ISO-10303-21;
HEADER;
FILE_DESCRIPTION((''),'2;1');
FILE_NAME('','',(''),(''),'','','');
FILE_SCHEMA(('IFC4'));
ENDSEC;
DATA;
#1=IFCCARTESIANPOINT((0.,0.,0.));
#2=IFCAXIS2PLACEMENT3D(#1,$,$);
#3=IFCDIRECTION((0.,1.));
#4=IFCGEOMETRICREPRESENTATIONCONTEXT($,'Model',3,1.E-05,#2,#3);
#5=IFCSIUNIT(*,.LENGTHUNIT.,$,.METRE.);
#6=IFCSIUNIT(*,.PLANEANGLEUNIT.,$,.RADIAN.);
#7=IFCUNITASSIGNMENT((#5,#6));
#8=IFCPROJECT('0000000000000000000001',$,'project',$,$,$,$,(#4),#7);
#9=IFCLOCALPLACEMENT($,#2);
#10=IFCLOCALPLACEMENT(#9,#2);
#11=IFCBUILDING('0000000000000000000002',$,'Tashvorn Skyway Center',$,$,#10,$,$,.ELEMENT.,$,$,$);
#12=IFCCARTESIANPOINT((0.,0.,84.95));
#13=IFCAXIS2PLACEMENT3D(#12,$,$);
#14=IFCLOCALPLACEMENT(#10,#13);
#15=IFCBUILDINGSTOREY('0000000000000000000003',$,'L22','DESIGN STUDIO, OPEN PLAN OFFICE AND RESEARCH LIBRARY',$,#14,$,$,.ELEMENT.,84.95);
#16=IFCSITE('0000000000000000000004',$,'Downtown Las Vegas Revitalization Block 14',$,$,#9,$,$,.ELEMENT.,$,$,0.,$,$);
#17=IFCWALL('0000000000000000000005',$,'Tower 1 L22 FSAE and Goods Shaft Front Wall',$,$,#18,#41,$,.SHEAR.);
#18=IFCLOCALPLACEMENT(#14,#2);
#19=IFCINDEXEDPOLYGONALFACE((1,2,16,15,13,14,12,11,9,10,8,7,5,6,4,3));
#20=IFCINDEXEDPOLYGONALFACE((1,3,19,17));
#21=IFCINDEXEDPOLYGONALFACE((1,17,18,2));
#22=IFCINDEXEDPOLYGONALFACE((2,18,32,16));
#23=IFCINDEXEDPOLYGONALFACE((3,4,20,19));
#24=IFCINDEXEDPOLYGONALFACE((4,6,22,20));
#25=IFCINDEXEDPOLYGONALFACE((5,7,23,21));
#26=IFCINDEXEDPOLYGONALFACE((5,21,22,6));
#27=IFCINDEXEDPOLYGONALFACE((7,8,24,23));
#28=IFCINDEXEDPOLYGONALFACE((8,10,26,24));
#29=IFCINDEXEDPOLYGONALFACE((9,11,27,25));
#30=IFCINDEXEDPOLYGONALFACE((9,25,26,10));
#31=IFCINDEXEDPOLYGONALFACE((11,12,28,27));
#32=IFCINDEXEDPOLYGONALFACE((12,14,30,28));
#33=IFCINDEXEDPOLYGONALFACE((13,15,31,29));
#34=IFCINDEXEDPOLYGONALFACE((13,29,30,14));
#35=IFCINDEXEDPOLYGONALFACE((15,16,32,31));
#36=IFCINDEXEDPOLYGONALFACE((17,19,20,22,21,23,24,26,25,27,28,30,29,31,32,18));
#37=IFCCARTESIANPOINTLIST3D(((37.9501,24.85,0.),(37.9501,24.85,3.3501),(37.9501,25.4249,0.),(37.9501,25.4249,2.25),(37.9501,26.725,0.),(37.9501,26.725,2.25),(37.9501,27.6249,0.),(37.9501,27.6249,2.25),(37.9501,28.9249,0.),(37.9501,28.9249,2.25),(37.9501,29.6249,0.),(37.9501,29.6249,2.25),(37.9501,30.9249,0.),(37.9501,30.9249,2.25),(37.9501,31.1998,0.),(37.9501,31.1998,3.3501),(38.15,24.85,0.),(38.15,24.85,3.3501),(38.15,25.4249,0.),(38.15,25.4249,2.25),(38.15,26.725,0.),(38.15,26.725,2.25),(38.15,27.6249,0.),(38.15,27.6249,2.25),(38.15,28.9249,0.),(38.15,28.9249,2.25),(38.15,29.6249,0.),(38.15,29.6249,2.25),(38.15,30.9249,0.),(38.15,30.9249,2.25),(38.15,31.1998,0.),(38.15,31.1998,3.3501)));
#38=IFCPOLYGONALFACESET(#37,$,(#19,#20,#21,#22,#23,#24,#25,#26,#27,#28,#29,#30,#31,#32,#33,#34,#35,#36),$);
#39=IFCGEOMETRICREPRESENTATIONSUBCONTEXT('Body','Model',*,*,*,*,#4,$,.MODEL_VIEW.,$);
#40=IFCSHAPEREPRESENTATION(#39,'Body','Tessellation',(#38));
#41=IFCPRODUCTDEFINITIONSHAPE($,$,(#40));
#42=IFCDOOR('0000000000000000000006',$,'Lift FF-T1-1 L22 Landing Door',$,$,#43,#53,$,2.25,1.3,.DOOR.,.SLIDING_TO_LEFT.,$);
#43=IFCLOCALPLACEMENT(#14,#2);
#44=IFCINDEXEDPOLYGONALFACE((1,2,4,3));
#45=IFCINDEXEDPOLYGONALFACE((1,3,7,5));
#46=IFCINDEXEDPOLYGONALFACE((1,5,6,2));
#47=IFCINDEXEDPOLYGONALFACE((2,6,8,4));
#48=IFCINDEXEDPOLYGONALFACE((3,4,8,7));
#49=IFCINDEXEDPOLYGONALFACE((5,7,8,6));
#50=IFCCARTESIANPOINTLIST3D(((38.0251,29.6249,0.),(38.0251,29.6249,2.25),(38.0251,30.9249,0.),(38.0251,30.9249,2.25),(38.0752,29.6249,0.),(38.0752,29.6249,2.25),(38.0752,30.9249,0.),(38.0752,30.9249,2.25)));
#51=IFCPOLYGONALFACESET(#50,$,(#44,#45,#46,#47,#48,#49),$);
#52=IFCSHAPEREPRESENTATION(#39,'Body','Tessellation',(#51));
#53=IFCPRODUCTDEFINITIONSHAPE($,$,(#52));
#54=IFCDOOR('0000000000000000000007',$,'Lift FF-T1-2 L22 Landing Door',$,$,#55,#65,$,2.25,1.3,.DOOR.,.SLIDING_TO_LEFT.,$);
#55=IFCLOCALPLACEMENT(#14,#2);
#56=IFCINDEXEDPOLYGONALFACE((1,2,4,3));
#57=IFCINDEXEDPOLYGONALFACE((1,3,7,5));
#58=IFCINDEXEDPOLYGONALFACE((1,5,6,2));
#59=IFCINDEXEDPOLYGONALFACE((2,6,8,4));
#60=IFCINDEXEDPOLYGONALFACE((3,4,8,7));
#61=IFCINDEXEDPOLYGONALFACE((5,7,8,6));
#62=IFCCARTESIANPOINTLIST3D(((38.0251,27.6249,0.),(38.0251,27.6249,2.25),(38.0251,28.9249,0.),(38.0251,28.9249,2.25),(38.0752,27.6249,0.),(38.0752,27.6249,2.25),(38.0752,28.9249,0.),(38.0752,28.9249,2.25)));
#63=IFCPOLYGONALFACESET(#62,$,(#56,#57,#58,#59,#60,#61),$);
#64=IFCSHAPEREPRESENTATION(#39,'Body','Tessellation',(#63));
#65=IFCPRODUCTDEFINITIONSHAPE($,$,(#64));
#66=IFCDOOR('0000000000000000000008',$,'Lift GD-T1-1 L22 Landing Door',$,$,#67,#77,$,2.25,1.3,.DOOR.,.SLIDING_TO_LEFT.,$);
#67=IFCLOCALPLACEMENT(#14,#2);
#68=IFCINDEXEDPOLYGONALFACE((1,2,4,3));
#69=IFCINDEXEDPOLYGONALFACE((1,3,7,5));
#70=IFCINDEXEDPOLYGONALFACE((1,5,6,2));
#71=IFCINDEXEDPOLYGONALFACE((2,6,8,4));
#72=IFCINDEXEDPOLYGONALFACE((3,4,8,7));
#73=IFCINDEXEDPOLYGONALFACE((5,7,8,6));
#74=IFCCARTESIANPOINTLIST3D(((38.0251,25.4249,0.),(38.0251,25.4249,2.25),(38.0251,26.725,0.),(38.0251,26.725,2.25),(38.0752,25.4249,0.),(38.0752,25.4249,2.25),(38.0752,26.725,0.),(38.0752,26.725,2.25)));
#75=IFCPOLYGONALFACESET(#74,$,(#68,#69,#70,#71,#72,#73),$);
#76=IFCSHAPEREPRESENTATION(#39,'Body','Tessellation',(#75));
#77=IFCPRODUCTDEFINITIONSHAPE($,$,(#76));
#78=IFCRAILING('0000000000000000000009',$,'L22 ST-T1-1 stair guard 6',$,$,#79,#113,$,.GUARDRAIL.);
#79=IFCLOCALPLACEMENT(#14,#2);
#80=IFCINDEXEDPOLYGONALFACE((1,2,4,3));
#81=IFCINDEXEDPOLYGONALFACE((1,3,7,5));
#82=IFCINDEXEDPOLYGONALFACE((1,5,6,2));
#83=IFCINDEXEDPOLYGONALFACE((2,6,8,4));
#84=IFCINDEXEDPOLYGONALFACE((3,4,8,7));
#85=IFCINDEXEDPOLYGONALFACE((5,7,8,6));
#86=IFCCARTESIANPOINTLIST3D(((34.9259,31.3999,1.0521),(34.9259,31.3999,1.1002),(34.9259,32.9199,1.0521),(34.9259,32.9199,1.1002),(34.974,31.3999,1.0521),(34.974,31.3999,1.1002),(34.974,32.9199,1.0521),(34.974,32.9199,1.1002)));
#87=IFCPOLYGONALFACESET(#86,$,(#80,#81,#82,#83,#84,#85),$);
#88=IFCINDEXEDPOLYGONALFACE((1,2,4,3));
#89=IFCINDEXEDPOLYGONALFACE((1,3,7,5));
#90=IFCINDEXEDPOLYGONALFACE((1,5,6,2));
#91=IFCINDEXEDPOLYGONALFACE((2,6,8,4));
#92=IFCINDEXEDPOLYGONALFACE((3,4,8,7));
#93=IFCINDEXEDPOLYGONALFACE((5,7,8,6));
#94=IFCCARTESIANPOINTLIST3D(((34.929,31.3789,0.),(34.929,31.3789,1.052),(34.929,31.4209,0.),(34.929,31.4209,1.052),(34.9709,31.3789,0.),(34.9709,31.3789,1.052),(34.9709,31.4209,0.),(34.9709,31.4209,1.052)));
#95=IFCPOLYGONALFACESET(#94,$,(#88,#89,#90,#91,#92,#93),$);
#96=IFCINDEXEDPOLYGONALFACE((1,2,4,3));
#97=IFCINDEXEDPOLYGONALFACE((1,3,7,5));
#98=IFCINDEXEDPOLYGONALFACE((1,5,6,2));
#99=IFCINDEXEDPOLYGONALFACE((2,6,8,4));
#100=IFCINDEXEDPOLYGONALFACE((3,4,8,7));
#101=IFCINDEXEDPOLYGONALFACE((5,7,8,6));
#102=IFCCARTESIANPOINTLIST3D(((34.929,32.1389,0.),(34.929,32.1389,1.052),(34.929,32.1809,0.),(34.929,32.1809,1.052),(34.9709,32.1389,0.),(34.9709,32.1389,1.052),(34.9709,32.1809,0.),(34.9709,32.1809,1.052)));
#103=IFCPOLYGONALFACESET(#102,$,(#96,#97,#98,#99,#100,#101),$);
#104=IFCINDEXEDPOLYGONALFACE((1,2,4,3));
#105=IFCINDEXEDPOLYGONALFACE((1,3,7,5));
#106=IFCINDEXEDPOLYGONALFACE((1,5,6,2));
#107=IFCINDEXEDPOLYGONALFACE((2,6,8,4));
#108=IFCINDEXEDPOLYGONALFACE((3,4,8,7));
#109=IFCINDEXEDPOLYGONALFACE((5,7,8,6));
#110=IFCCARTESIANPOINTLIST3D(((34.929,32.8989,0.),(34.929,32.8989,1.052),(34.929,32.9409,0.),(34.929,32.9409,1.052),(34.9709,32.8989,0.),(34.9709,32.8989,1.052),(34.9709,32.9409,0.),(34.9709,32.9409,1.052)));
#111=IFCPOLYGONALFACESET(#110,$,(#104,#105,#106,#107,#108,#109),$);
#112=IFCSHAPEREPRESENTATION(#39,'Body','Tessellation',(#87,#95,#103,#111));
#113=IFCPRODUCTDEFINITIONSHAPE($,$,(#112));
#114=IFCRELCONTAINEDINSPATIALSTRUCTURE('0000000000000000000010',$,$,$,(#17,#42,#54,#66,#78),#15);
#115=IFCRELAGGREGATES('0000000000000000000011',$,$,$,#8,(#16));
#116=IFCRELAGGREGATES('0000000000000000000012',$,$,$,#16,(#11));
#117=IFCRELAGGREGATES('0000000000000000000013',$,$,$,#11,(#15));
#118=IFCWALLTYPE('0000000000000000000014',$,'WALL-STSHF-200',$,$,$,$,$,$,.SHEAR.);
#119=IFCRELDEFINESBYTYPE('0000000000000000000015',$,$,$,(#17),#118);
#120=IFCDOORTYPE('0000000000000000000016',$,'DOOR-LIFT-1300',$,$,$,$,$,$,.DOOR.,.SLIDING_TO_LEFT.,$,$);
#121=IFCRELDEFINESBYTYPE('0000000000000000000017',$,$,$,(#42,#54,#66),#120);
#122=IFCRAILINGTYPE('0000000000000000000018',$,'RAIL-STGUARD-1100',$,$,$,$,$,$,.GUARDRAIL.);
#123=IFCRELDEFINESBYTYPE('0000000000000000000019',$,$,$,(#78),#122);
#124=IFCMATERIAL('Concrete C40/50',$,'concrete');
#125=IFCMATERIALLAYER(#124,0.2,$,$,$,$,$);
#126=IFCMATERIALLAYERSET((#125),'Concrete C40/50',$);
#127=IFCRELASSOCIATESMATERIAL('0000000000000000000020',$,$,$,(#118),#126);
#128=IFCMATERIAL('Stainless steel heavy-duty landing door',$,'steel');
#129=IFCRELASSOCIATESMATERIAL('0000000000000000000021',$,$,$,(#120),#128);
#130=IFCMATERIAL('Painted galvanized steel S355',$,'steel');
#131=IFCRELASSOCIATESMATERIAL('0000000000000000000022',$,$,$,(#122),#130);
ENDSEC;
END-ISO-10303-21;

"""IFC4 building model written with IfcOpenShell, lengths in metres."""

from ifc_helpers import new_model, si_unit, direction, frame, frame_2d, origin, origin_2d, place, context, subcontext, project, spatial, rectangle, extrude, material, layer, layer_set, type_object, element, fill, save


model = new_model("IFC4")

# Units and contexts
model_context = context("Model", 3, precision=1e-05, world=origin(), true_north=direction((0.0, 1.0)))
body_context = subcontext(model_context, "Body", "Model", "MODEL_VIEW")
ifc_project = project(units=[si_unit("LENGTHUNIT", "METRE"), si_unit("PLANEANGLEUNIT", "RADIAN")], contexts=[model_context])

# Site, building, storey
site_placement = place(None, origin())
site = spatial("IfcSite", under=ifc_project, at=site_placement, Name="Downtown Las Vegas Revitalization Block 14", CompositionType="ELEMENT", RefElevation=0.0)
building_placement = place(site_placement, origin())
building = spatial("IfcBuilding", under=site, at=building_placement, Name="Tashvorn Skyway Center", CompositionType="ELEMENT")
storey_placement = place(building_placement, frame((0.0, 0.0, 84.95)))
storey = spatial("IfcBuildingStorey", under=building, at=storey_placement, Name="L22", Description="DESIGN STUDIO, OPEN PLAN OFFICE AND RESEARCH LIBRARY", CompositionType="ELEMENT", Elevation=84.95)

# Shared definitions
ifc_material_1 = material(Name="Concrete C40/50", Category="concrete")

# Shared definitions
ifc_layer_1 = layer(ifc_material_1, 0.2)
ifc_layer_set_1 = layer_set([ifc_layer_1], Name="Concrete C40/50")
wall_type_1 = type_object("IfcWallType", Name="WALL-STSHF-200", PredefinedType="SHEAR", material=ifc_layer_set_1)

# Wall, openings, doors
wall_1_placement = place(storey_placement, frame((38.05, 24.8501, 0.0), z_axis=(0.0, 0.0, 1.0), x_axis=(0.0, 1.0, 0.0)))
wall_1 = element("IfcWall", 1, at=wall_1_placement, inside=storey, type_object=wall_type_1, Name="Tower 1 L22 FSAE and Goods Shaft Front Wall", PredefinedType="SHEAR", context=body_context, shape_type="SweptSolid", body=[
    extrude(rectangle(XDim=6.3499, YDim=0.2, at=frame_2d((3.1748, 0.0))), origin(), (0.0, 0.0, 1.0), 3.3501),
])
opening_1_placement = place(wall_1_placement, frame((4.7749, 0.0, 0.0)))
opening_1 = element("IfcOpeningElement", 2, at=opening_1_placement, cuts=wall_1, PredefinedType="OPENING", context=body_context, shape_type="SweptSolid", body=[
    extrude(rectangle(XDim=1.3, YDim=2.25, at=frame_2d((0.6499, 1.125))), frame((0.0, 0.1099, 0.0), z_axis=(0.0, -1.0, 0.0), x_axis=(1.0, 0.0, 0.0)), (0.0, 0.0, 1.0), 0.22),
])
opening_2_placement = place(wall_1_placement, frame((2.7749, 0.0, 0.0)))
opening_2 = element("IfcOpeningElement", 3, at=opening_2_placement, cuts=wall_1, PredefinedType="OPENING", context=body_context, shape_type="SweptSolid", body=[
    extrude(rectangle(XDim=1.3, YDim=2.25, at=frame_2d((0.6499, 1.125))), frame((0.0, 0.1099, 0.0), z_axis=(0.0, -1.0, 0.0), x_axis=(1.0, 0.0, 0.0)), (0.0, 0.0, 1.0), 0.22),
])
opening_3_placement = place(wall_1_placement, frame((0.575, 0.0, 0.0)))
opening_3 = element("IfcOpeningElement", 4, at=opening_3_placement, cuts=wall_1, PredefinedType="OPENING", context=body_context, shape_type="SweptSolid", body=[
    extrude(rectangle(XDim=1.3, YDim=2.25, at=frame_2d((0.6499, 1.125))), frame((0.0, 0.1099, 0.0), z_axis=(0.0, -1.0, 0.0), x_axis=(1.0, 0.0, 0.0)), (0.0, 0.0, 1.0), 0.22),
])
ifc_material_2 = material(Name="Stainless steel heavy-duty landing door", Category="steel")
door_type_1 = type_object("IfcDoorType", Name="DOOR-LIFT-1300", OperationType="SLIDING_TO_LEFT", PredefinedType="DOOR", material=ifc_material_2)
door_1_placement = place(opening_1_placement, origin())
door_1 = element("IfcDoor", 5, at=door_1_placement, inside=storey, type_object=door_type_1, Name="Lift FF-T1-1 L22 Landing Door", OperationType="SLIDING_TO_LEFT", OverallHeight=2.25, OverallWidth=1.3, PredefinedType="DOOR", context=body_context, shape_type="SweptSolid", body=[
    extrude(rectangle(XDim=1.3, YDim=2.25, at=frame_2d((0.6499, 1.125))), frame((0.0, 0.0249, 0.0), z_axis=(0.0, -1.0, 0.0), x_axis=(1.0, 0.0, 0.0)), (0.0, 0.0, 1.0), 0.05),
])
fill(opening_1, door_1)
door_2_placement = place(opening_2_placement, origin())
door_2 = element("IfcDoor", 6, at=door_2_placement, inside=storey, type_object=door_type_1, Name="Lift FF-T1-2 L22 Landing Door", OperationType="SLIDING_TO_LEFT", OverallHeight=2.25, OverallWidth=1.3, PredefinedType="DOOR", context=body_context, shape_type="SweptSolid", body=[
    extrude(rectangle(XDim=1.3, YDim=2.25, at=frame_2d((0.6499, 1.125))), frame((0.0, 0.0249, 0.0), z_axis=(0.0, -1.0, 0.0), x_axis=(1.0, 0.0, 0.0)), (0.0, 0.0, 1.0), 0.05),
])
fill(opening_2, door_2)
door_3_placement = place(opening_3_placement, origin())
door_3 = element("IfcDoor", 7, at=door_3_placement, inside=storey, type_object=door_type_1, Name="Lift GD-T1-1 L22 Landing Door", OperationType="SLIDING_TO_LEFT", OverallHeight=2.25, OverallWidth=1.3, PredefinedType="DOOR", context=body_context, shape_type="SweptSolid", body=[
    extrude(rectangle(XDim=1.3, YDim=2.25, at=frame_2d((0.6499, 1.125))), frame((0.0, 0.0249, 0.0), z_axis=(0.0, -1.0, 0.0), x_axis=(1.0, 0.0, 0.0)), (0.0, 0.0, 1.0), 0.05),
])
fill(opening_3, door_3)

# Railing
ifc_material_3 = material(Name="Painted galvanized steel S355", Category="steel")
railing_type = type_object("IfcRailingType", Name="RAIL-STGUARD-1100", PredefinedType="GUARDRAIL", material=ifc_material_3)
railing_placement = place(storey_placement, frame((34.95, 31.3999, 0.0)))
element("IfcRailing", 8, at=railing_placement, inside=storey, type_object=railing_type, Name="L22 ST-T1-1 stair guard 6", PredefinedType="GUARDRAIL", context=body_context, shape_type="SweptSolid", body=[
    extrude(rectangle(XDim=0.0481, YDim=0.0481, at=origin_2d()), frame((0.0, 0.0, 1.0762), z_axis=(0.0, 1.0, 0.0), x_axis=(-1.0, 0.0, 0.0)), (0.0, 0.0, 1.0), 1.52),
    extrude(rectangle(XDim=0.042, YDim=0.042, at=origin_2d()), origin(), (0.0, 0.0, 1.0), 1.052),
    extrude(rectangle(XDim=0.042, YDim=0.042, at=origin_2d()), frame((0.0, 0.76, 0.0)), (0.0, 0.0, 1.0), 1.052),
    extrude(rectangle(XDim=0.042, YDim=0.042, at=origin_2d()), frame((0.0, 1.52, 0.0)), (0.0, 0.0, 1.0), 1.052),
])

save(model, "model.ifc")
